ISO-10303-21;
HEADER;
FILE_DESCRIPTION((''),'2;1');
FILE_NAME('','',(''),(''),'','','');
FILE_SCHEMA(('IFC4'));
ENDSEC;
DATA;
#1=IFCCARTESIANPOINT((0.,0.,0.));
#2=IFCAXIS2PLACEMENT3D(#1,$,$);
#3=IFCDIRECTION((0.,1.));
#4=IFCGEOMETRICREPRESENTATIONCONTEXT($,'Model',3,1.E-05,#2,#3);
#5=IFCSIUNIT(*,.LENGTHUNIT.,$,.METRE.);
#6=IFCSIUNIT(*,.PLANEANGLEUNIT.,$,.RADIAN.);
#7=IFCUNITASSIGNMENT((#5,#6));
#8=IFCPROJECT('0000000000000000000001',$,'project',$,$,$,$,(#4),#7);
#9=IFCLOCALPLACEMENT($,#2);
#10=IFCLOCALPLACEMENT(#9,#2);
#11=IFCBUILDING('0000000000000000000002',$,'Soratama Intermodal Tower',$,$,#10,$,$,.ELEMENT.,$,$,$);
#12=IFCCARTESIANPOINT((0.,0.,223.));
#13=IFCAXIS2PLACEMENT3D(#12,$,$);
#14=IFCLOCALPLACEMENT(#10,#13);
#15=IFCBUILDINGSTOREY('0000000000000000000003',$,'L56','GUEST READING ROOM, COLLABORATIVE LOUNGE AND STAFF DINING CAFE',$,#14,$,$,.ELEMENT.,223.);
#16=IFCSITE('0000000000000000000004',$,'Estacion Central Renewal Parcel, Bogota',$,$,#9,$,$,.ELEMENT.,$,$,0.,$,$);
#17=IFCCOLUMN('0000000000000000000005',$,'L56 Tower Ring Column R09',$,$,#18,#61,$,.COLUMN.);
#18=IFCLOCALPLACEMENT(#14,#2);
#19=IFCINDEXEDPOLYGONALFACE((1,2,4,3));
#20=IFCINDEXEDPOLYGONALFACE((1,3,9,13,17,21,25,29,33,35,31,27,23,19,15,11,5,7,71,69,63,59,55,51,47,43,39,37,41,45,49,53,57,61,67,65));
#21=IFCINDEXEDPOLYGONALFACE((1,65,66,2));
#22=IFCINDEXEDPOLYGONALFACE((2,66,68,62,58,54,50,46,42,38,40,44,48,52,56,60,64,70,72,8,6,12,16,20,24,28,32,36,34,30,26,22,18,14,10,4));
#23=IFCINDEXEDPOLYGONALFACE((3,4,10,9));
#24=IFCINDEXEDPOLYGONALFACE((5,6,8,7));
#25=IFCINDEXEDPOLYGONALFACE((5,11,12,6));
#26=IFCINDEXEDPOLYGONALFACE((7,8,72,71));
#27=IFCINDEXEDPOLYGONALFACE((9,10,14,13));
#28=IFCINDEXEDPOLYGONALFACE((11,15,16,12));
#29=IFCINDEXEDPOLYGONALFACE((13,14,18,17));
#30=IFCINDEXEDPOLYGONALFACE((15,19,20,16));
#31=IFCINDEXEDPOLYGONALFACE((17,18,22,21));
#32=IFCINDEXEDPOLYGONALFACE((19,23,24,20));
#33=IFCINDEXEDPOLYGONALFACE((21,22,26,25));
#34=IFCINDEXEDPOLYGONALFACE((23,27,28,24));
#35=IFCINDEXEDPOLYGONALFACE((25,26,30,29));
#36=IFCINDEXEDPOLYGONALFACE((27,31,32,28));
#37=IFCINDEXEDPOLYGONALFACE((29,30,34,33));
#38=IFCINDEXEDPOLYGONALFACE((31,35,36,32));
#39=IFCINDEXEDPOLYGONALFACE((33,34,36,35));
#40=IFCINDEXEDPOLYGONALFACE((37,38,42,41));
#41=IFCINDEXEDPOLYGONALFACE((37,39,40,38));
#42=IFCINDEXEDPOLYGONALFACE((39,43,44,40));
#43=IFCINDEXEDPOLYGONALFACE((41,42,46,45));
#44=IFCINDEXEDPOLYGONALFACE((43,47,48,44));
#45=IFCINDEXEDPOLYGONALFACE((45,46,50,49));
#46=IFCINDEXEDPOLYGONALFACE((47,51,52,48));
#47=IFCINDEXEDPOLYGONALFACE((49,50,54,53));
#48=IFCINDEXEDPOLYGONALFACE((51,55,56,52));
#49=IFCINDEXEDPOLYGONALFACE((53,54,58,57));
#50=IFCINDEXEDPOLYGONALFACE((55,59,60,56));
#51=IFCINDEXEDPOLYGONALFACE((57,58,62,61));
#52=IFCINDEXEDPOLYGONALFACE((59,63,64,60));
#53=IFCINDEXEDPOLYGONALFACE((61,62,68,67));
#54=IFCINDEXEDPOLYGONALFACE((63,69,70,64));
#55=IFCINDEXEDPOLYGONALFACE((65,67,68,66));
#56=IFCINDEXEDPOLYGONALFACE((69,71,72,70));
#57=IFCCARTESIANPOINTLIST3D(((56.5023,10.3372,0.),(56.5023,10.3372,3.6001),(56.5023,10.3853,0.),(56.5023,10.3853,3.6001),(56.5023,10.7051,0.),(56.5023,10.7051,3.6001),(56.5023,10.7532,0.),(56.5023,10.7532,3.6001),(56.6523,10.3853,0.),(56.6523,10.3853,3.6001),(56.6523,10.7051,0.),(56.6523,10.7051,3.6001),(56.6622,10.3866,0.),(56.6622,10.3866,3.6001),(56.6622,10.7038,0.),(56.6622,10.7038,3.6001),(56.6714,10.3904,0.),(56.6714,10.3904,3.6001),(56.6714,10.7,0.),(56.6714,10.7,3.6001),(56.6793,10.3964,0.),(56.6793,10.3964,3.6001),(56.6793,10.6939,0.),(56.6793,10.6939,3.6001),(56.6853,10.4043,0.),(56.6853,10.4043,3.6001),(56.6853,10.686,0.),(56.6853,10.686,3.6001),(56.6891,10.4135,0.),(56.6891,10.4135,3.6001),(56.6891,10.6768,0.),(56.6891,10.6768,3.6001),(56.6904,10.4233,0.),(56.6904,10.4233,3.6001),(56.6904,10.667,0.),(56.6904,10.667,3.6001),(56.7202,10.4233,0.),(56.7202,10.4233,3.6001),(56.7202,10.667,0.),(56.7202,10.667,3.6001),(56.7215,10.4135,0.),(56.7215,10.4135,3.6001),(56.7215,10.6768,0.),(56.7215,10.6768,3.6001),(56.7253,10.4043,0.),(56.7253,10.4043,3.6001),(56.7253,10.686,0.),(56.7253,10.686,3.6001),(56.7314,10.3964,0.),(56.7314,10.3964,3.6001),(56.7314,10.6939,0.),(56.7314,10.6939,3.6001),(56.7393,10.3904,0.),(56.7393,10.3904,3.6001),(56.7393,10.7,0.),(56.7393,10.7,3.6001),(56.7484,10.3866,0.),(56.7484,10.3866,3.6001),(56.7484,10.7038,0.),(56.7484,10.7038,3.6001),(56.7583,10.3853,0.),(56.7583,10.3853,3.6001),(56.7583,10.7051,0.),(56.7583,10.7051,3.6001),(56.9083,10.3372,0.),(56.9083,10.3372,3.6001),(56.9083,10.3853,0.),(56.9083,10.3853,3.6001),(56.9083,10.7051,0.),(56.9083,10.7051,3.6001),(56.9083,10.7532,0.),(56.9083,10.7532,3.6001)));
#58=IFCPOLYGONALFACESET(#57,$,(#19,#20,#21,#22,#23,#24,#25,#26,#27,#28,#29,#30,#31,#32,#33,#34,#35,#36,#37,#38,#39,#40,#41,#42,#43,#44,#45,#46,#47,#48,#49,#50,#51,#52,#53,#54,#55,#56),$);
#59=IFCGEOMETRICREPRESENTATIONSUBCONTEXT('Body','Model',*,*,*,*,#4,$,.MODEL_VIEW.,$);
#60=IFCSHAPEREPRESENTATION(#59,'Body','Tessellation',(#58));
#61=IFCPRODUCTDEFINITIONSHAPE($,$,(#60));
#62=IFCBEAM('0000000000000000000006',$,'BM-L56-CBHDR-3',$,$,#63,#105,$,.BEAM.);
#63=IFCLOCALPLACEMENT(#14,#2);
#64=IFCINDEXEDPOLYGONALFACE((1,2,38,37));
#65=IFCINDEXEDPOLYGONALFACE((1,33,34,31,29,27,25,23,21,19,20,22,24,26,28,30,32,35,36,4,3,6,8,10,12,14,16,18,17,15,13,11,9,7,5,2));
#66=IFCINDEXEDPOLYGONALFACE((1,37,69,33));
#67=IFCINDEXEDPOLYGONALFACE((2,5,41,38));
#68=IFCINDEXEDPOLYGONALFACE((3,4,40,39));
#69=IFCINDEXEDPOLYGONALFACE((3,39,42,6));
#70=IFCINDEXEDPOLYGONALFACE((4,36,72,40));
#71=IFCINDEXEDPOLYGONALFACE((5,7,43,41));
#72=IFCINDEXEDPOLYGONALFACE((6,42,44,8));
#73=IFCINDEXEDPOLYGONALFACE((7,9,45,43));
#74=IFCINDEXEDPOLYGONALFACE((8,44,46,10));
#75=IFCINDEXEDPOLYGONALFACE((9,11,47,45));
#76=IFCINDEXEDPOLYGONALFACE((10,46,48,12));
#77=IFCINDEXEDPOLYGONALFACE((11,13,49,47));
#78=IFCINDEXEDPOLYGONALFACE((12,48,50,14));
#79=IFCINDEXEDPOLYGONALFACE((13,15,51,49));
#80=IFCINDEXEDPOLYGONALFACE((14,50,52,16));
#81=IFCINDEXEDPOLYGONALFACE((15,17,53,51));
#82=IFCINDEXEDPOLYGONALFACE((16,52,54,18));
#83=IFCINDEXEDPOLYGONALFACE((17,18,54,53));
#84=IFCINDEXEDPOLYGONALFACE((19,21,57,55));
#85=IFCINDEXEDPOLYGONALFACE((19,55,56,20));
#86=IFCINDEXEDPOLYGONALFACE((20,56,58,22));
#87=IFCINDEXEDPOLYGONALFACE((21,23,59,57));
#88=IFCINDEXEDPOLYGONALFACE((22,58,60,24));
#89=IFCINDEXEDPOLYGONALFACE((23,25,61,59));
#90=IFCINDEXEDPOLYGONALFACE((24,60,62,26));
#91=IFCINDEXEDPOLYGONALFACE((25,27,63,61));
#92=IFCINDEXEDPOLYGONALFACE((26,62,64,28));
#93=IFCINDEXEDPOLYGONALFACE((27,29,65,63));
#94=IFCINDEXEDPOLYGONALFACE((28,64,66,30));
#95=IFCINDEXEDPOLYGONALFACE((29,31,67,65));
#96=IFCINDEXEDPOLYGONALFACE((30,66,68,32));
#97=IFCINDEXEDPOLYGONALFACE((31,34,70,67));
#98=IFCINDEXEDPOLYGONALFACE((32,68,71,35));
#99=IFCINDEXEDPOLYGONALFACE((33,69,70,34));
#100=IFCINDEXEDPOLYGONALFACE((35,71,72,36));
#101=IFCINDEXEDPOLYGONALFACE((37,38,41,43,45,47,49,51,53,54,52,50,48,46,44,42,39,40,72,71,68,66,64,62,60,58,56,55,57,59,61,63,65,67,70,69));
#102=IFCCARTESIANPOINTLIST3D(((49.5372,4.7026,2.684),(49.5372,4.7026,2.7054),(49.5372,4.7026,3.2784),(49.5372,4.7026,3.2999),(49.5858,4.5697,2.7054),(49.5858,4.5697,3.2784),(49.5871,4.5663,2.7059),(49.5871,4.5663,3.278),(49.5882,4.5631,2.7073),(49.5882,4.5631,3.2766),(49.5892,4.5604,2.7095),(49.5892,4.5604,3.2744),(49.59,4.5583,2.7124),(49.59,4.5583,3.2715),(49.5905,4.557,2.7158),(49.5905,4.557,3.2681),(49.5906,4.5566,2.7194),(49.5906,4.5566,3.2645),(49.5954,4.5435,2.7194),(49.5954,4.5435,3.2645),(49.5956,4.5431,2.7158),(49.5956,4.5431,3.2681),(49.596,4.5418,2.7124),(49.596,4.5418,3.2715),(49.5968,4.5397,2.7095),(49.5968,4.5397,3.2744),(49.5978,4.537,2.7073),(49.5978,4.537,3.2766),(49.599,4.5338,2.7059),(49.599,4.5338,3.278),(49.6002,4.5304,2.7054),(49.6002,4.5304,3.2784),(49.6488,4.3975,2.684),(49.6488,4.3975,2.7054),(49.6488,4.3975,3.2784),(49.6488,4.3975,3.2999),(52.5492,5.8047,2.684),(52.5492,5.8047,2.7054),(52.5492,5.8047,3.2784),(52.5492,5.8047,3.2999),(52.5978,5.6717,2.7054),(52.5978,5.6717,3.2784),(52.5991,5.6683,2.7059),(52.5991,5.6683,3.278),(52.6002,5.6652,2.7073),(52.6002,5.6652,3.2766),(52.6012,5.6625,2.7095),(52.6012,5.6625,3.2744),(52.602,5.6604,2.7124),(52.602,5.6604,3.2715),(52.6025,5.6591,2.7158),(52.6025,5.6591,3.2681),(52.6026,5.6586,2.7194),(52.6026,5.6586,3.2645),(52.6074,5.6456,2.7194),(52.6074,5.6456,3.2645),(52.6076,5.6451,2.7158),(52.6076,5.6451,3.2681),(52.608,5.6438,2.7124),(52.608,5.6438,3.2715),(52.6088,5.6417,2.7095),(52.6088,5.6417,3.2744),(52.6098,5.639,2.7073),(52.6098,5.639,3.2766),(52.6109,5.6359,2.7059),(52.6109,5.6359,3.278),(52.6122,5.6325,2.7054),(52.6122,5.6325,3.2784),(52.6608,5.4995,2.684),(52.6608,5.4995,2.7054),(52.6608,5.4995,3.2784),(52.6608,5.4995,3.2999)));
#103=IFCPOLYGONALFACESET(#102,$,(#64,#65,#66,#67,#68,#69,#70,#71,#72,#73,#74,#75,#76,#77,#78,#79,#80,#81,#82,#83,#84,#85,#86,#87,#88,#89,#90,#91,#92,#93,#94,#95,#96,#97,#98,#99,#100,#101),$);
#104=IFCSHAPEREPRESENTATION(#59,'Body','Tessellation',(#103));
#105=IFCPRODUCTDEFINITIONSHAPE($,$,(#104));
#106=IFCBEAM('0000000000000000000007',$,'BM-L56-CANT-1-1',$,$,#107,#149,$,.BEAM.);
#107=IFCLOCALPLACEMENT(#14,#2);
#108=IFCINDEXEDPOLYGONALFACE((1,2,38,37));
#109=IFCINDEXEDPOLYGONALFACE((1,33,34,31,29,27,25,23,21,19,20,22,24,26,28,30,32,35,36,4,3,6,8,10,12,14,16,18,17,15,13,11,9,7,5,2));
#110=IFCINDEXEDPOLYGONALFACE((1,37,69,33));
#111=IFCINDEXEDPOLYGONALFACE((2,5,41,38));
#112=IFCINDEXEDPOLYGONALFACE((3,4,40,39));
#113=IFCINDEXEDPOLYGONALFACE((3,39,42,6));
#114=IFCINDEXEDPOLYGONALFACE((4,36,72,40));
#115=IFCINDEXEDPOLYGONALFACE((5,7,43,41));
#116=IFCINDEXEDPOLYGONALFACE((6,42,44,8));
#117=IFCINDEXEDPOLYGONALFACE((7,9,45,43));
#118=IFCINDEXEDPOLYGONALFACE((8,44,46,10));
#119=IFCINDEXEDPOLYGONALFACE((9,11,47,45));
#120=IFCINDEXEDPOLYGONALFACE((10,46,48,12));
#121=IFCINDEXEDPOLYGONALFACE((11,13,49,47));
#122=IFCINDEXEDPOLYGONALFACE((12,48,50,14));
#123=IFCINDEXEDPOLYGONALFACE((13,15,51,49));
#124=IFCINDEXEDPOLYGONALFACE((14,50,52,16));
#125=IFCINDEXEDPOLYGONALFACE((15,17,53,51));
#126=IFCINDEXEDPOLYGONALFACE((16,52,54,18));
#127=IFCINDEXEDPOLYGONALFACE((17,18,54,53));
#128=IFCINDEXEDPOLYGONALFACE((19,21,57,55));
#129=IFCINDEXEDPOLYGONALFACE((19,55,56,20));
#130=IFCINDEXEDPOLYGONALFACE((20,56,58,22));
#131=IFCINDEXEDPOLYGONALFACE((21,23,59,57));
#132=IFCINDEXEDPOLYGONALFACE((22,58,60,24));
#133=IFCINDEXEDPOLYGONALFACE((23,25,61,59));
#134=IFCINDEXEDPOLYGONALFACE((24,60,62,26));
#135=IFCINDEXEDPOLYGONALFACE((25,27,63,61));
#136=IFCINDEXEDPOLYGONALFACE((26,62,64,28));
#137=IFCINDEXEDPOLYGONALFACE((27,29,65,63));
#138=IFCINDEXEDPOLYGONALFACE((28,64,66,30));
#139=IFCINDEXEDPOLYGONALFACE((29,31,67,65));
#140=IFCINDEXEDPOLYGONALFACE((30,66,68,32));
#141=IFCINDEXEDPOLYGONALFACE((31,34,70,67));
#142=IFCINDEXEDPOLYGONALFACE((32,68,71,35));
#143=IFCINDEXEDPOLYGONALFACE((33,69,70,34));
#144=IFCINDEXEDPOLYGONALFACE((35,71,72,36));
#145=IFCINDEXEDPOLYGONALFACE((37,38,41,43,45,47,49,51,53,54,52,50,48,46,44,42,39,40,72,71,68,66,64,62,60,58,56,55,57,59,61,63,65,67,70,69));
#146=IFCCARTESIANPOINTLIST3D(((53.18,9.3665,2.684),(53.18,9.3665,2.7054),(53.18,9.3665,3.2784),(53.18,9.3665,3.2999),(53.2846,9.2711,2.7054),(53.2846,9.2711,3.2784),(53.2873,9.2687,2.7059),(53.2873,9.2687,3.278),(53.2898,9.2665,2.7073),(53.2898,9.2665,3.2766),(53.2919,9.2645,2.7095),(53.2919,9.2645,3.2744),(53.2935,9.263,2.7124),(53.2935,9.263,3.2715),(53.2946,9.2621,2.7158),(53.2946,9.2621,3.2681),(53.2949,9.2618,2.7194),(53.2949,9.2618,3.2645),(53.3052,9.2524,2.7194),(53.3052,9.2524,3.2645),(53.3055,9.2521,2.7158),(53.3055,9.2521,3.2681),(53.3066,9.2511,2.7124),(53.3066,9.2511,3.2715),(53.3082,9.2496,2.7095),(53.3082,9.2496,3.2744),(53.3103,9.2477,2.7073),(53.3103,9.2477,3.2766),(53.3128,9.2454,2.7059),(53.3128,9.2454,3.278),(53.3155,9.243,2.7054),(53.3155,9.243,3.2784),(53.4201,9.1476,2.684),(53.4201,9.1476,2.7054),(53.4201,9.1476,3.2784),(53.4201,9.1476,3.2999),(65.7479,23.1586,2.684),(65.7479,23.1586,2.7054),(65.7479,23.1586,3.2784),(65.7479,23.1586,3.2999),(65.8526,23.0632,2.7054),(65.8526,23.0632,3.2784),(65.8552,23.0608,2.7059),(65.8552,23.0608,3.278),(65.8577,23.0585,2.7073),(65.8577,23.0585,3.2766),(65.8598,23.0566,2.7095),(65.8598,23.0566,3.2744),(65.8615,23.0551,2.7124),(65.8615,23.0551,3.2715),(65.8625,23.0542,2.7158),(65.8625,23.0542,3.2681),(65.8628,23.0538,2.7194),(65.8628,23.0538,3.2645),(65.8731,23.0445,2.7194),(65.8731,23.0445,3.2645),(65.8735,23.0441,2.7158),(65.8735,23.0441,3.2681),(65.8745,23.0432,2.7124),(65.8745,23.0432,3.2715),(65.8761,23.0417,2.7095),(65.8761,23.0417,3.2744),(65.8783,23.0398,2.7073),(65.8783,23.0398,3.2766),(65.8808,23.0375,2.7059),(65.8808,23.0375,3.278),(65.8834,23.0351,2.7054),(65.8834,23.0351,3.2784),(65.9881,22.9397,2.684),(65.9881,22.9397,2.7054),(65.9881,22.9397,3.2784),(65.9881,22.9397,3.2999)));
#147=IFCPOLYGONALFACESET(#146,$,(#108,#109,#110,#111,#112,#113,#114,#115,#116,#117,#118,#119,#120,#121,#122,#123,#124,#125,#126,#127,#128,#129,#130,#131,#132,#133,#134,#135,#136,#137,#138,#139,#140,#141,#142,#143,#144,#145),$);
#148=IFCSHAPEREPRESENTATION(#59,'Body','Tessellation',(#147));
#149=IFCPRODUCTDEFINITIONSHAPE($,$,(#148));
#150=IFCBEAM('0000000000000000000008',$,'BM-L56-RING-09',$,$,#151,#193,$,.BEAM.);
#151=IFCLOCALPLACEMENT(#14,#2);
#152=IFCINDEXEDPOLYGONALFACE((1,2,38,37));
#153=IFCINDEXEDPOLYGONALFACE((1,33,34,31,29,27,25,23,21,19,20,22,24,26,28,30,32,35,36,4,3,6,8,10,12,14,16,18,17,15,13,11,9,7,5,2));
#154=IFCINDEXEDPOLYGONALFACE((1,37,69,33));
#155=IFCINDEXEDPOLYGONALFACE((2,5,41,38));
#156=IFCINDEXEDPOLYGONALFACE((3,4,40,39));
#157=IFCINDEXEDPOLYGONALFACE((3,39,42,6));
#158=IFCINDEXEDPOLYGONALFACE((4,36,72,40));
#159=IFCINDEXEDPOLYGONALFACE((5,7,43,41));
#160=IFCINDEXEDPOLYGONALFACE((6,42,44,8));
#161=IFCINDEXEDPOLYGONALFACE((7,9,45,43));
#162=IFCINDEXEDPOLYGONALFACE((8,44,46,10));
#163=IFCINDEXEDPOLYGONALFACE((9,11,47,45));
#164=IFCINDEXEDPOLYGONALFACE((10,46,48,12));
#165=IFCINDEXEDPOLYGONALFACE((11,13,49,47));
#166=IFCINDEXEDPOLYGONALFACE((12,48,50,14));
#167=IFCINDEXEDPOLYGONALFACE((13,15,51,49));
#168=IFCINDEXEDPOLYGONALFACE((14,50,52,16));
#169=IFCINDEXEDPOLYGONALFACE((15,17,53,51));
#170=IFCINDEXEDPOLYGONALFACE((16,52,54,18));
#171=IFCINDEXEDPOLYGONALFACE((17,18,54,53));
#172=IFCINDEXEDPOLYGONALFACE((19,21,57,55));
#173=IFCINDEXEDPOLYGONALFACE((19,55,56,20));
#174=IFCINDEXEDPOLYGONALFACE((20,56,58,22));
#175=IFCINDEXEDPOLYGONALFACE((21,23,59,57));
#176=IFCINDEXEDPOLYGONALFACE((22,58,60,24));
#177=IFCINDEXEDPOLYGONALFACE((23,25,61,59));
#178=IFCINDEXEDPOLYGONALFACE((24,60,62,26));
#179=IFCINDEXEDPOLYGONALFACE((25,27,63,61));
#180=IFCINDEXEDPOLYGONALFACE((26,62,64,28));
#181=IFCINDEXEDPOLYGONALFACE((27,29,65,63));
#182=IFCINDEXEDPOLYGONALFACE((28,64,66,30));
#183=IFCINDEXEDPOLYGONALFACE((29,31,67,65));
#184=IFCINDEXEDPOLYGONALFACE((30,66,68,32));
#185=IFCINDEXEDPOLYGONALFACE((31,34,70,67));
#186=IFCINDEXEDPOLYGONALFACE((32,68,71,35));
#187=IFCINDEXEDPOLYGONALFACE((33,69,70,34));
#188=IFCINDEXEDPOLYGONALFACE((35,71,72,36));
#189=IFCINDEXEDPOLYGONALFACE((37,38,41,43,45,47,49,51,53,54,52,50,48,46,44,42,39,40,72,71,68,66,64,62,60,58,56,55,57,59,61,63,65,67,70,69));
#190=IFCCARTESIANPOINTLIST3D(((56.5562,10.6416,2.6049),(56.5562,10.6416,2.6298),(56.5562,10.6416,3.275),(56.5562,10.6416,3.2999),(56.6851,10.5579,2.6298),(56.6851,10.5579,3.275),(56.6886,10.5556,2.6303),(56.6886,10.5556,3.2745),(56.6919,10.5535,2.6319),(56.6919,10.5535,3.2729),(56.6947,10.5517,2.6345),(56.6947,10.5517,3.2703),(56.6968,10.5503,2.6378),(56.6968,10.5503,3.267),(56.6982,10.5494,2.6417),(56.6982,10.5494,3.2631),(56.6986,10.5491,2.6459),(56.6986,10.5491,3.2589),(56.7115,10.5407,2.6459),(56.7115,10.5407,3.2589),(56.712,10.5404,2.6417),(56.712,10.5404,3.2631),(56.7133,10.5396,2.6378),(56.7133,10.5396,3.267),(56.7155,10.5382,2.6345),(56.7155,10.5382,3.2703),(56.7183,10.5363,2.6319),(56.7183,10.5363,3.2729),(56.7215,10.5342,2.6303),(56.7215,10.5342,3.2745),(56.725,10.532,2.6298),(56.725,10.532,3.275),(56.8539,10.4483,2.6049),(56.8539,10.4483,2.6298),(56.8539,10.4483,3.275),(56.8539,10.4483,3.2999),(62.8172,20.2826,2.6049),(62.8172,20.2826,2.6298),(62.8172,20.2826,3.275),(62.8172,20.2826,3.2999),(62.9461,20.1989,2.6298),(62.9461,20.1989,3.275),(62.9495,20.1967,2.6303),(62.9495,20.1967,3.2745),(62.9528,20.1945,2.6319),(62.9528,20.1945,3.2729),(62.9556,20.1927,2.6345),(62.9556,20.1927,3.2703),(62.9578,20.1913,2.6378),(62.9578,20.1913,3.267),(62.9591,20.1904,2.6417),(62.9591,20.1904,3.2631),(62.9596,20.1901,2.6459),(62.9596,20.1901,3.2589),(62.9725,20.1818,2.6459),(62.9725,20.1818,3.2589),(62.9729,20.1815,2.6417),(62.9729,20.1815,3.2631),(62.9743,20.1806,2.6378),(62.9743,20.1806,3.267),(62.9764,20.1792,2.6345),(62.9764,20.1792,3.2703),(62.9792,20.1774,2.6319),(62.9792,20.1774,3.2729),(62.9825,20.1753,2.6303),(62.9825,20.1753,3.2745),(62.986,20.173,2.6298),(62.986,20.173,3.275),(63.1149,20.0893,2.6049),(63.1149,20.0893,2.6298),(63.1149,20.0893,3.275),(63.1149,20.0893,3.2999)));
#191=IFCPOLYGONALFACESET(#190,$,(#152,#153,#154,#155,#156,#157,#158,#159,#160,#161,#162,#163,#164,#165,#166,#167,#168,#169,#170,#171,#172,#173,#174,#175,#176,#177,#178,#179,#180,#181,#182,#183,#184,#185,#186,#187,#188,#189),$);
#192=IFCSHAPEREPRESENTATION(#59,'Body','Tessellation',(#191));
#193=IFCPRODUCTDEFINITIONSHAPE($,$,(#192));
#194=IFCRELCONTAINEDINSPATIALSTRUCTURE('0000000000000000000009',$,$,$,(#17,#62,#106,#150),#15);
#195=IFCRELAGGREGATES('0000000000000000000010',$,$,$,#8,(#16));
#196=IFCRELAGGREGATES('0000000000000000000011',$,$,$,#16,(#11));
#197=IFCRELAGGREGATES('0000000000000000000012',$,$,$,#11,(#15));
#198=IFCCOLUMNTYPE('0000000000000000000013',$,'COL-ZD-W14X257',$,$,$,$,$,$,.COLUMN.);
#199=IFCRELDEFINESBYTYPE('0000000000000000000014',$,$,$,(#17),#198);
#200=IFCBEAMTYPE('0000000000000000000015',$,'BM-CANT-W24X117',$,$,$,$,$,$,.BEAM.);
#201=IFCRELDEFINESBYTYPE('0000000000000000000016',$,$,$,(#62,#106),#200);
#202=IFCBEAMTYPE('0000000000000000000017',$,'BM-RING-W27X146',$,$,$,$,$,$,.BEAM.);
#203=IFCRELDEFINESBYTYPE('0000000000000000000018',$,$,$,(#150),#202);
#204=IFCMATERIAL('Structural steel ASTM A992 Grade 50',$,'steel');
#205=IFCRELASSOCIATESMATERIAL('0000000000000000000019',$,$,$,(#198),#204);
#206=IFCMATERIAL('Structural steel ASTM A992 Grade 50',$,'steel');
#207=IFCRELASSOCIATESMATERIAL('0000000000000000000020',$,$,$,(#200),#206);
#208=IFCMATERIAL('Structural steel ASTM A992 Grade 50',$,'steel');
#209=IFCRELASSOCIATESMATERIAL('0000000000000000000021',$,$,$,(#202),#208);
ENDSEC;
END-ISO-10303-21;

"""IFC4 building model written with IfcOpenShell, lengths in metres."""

from ifc_helpers import new_model, si_unit, direction, frame, origin, origin_2d, place, context, subcontext, project, spatial, i_section, extrude, material, material_profile, profile_set, type_object, element, save


model = new_model("IFC4")

# Units and contexts
model_context = context("Model", 3, precision=1e-05, world=origin(), true_north=direction((0.0, 1.0)))
body_context = subcontext(model_context, "Body", "Model", "MODEL_VIEW")
ifc_project = project(units=[si_unit("LENGTHUNIT", "METRE"), si_unit("PLANEANGLEUNIT", "RADIAN")], contexts=[model_context])

# Site, building, storey
site_placement = place(None, origin())
site = spatial("IfcSite", under=ifc_project, at=site_placement, Name="Estacion Central Renewal Parcel, Bogota", CompositionType="ELEMENT", RefElevation=0.0)
building_placement = place(site_placement, origin())
building = spatial("IfcBuilding", under=site, at=building_placement, Name="Soratama Intermodal Tower", CompositionType="ELEMENT")
storey_placement = place(building_placement, frame((0.0, 0.0, 223.0)))
storey = spatial("IfcBuildingStorey", under=building, at=storey_placement, Name="L56", Description="GUEST READING ROOM, COLLABORATIVE LOUNGE AND STAFF DINING CAFE", CompositionType="ELEMENT", Elevation=223.0)

# Column
ifc_material_1 = material(Name="Structural steel ASTM A992 Grade 50", Category="steel")
ifc_material_profile_1 = material_profile(ifc_material_1, i_section(OverallWidth=0.406, OverallDepth=0.416, WebThickness=0.0298, FlangeThickness=0.0481, FilletRadius=0.0381, at=origin_2d()), Name="W14X257")
ifc_profile_set_1 = profile_set([ifc_material_profile_1], Name="Structural steel ASTM A992 Grade 50")
column_type = type_object("IfcColumnType", Name="COL-ZD-W14X257", PredefinedType="COLUMN", material=ifc_profile_set_1)
column_placement = place(storey_placement, frame((56.7053, 10.5452, 0.0), z_axis=(0.0, 0.0, 1.0), x_axis=(1.0, 0.0, 0.0)))
element("IfcColumn", 1, at=column_placement, inside=storey, type_object=column_type, Name="L56 Tower Ring Column R09", PredefinedType="COLUMN", context=body_context, shape_type="SweptSolid", body=[
    extrude(i_section(OverallWidth=0.406, OverallDepth=0.416, WebThickness=0.0298, FlangeThickness=0.0481, FilletRadius=0.0381, at=origin_2d()), origin(), (0.0, 0.0, 1.0), 3.6001),
])

# Beams
ifc_material_2 = material(Name="Structural steel ASTM A992 Grade 50", Category="steel")
ifc_material_profile_2 = material_profile(ifc_material_2, i_section(OverallWidth=0.325, OverallDepth=0.616, WebThickness=0.0139, FlangeThickness=0.0215, FilletRadius=0.0139, at=origin_2d()), Name="W24X117")
ifc_profile_set_2 = profile_set([ifc_material_profile_2], Name="Structural steel ASTM A992 Grade 50")
beam_type_1 = type_object("IfcBeamType", Name="BM-CANT-W24X117", PredefinedType="BEAM", material=ifc_profile_set_2)
beam_1_placement = place(storey_placement, frame((49.593, 4.55, 2.9919), z_axis=(0.939111, 0.343613, 0.0), x_axis=(-0.343613, 0.939111, 0.0)))
element("IfcBeam", 2, at=beam_1_placement, inside=storey, type_object=beam_type_1, Name="BM-L56-CBHDR-3", PredefinedType="BEAM", context=body_context, shape_type="SweptSolid", body=[
    extrude(i_section(OverallWidth=0.325, OverallDepth=0.616, WebThickness=0.0139, FlangeThickness=0.0215, FilletRadius=0.0139, at=origin_2d()), origin(), (0.0, 0.0, 1.0), 3.2073),
])
beam_2_placement = place(storey_placement, frame((53.3, 9.2571, 2.9919), z_axis=(0.673544, 0.739147, 0.0), x_axis=(-0.739147, 0.673544, 0.0)))
element("IfcBeam", 3, at=beam_2_placement, inside=storey, type_object=beam_type_1, Name="BM-L56-CANT-1-1", PredefinedType="BEAM", context=body_context, shape_type="SweptSolid", body=[
    extrude(i_section(OverallWidth=0.325, OverallDepth=0.616, WebThickness=0.0139, FlangeThickness=0.0215, FilletRadius=0.0139, at=origin_2d()), origin(), (0.0, 0.0, 1.0), 18.6594),
])
ifc_material_3 = material(Name="Structural steel ASTM A992 Grade 50", Category="steel")
ifc_material_profile_3 = material_profile(ifc_material_3, i_section(OverallWidth=0.355, OverallDepth=0.6951, WebThickness=0.0154, FlangeThickness=0.0249, FilletRadius=0.0161, at=origin_2d()), Name="W27X146")
ifc_profile_set_3 = profile_set([ifc_material_profile_3], Name="Structural steel ASTM A992 Grade 50")
beam_type_2 = type_object("IfcBeamType", Name="BM-RING-W27X146", PredefinedType="BEAM", material=ifc_profile_set_3)
beam_3_placement = place(storey_placement, frame((56.7051, 10.5449, 2.9524), z_axis=(0.544637, 0.838672, 0.0), x_axis=(-0.838672, 0.544637, 0.0)))
element("IfcBeam", 4, at=beam_3_placement, inside=storey, type_object=beam_type_2, Name="BM-L56-RING-09", PredefinedType="BEAM", context=body_context, shape_type="SweptSolid", body=[
    extrude(i_section(OverallWidth=0.355, OverallDepth=0.6951, WebThickness=0.0154, FlangeThickness=0.0249, FilletRadius=0.0161, at=origin_2d()), origin(), (0.0, 0.0, 1.0), 11.4956),
])

save(model, "model.ifc")
